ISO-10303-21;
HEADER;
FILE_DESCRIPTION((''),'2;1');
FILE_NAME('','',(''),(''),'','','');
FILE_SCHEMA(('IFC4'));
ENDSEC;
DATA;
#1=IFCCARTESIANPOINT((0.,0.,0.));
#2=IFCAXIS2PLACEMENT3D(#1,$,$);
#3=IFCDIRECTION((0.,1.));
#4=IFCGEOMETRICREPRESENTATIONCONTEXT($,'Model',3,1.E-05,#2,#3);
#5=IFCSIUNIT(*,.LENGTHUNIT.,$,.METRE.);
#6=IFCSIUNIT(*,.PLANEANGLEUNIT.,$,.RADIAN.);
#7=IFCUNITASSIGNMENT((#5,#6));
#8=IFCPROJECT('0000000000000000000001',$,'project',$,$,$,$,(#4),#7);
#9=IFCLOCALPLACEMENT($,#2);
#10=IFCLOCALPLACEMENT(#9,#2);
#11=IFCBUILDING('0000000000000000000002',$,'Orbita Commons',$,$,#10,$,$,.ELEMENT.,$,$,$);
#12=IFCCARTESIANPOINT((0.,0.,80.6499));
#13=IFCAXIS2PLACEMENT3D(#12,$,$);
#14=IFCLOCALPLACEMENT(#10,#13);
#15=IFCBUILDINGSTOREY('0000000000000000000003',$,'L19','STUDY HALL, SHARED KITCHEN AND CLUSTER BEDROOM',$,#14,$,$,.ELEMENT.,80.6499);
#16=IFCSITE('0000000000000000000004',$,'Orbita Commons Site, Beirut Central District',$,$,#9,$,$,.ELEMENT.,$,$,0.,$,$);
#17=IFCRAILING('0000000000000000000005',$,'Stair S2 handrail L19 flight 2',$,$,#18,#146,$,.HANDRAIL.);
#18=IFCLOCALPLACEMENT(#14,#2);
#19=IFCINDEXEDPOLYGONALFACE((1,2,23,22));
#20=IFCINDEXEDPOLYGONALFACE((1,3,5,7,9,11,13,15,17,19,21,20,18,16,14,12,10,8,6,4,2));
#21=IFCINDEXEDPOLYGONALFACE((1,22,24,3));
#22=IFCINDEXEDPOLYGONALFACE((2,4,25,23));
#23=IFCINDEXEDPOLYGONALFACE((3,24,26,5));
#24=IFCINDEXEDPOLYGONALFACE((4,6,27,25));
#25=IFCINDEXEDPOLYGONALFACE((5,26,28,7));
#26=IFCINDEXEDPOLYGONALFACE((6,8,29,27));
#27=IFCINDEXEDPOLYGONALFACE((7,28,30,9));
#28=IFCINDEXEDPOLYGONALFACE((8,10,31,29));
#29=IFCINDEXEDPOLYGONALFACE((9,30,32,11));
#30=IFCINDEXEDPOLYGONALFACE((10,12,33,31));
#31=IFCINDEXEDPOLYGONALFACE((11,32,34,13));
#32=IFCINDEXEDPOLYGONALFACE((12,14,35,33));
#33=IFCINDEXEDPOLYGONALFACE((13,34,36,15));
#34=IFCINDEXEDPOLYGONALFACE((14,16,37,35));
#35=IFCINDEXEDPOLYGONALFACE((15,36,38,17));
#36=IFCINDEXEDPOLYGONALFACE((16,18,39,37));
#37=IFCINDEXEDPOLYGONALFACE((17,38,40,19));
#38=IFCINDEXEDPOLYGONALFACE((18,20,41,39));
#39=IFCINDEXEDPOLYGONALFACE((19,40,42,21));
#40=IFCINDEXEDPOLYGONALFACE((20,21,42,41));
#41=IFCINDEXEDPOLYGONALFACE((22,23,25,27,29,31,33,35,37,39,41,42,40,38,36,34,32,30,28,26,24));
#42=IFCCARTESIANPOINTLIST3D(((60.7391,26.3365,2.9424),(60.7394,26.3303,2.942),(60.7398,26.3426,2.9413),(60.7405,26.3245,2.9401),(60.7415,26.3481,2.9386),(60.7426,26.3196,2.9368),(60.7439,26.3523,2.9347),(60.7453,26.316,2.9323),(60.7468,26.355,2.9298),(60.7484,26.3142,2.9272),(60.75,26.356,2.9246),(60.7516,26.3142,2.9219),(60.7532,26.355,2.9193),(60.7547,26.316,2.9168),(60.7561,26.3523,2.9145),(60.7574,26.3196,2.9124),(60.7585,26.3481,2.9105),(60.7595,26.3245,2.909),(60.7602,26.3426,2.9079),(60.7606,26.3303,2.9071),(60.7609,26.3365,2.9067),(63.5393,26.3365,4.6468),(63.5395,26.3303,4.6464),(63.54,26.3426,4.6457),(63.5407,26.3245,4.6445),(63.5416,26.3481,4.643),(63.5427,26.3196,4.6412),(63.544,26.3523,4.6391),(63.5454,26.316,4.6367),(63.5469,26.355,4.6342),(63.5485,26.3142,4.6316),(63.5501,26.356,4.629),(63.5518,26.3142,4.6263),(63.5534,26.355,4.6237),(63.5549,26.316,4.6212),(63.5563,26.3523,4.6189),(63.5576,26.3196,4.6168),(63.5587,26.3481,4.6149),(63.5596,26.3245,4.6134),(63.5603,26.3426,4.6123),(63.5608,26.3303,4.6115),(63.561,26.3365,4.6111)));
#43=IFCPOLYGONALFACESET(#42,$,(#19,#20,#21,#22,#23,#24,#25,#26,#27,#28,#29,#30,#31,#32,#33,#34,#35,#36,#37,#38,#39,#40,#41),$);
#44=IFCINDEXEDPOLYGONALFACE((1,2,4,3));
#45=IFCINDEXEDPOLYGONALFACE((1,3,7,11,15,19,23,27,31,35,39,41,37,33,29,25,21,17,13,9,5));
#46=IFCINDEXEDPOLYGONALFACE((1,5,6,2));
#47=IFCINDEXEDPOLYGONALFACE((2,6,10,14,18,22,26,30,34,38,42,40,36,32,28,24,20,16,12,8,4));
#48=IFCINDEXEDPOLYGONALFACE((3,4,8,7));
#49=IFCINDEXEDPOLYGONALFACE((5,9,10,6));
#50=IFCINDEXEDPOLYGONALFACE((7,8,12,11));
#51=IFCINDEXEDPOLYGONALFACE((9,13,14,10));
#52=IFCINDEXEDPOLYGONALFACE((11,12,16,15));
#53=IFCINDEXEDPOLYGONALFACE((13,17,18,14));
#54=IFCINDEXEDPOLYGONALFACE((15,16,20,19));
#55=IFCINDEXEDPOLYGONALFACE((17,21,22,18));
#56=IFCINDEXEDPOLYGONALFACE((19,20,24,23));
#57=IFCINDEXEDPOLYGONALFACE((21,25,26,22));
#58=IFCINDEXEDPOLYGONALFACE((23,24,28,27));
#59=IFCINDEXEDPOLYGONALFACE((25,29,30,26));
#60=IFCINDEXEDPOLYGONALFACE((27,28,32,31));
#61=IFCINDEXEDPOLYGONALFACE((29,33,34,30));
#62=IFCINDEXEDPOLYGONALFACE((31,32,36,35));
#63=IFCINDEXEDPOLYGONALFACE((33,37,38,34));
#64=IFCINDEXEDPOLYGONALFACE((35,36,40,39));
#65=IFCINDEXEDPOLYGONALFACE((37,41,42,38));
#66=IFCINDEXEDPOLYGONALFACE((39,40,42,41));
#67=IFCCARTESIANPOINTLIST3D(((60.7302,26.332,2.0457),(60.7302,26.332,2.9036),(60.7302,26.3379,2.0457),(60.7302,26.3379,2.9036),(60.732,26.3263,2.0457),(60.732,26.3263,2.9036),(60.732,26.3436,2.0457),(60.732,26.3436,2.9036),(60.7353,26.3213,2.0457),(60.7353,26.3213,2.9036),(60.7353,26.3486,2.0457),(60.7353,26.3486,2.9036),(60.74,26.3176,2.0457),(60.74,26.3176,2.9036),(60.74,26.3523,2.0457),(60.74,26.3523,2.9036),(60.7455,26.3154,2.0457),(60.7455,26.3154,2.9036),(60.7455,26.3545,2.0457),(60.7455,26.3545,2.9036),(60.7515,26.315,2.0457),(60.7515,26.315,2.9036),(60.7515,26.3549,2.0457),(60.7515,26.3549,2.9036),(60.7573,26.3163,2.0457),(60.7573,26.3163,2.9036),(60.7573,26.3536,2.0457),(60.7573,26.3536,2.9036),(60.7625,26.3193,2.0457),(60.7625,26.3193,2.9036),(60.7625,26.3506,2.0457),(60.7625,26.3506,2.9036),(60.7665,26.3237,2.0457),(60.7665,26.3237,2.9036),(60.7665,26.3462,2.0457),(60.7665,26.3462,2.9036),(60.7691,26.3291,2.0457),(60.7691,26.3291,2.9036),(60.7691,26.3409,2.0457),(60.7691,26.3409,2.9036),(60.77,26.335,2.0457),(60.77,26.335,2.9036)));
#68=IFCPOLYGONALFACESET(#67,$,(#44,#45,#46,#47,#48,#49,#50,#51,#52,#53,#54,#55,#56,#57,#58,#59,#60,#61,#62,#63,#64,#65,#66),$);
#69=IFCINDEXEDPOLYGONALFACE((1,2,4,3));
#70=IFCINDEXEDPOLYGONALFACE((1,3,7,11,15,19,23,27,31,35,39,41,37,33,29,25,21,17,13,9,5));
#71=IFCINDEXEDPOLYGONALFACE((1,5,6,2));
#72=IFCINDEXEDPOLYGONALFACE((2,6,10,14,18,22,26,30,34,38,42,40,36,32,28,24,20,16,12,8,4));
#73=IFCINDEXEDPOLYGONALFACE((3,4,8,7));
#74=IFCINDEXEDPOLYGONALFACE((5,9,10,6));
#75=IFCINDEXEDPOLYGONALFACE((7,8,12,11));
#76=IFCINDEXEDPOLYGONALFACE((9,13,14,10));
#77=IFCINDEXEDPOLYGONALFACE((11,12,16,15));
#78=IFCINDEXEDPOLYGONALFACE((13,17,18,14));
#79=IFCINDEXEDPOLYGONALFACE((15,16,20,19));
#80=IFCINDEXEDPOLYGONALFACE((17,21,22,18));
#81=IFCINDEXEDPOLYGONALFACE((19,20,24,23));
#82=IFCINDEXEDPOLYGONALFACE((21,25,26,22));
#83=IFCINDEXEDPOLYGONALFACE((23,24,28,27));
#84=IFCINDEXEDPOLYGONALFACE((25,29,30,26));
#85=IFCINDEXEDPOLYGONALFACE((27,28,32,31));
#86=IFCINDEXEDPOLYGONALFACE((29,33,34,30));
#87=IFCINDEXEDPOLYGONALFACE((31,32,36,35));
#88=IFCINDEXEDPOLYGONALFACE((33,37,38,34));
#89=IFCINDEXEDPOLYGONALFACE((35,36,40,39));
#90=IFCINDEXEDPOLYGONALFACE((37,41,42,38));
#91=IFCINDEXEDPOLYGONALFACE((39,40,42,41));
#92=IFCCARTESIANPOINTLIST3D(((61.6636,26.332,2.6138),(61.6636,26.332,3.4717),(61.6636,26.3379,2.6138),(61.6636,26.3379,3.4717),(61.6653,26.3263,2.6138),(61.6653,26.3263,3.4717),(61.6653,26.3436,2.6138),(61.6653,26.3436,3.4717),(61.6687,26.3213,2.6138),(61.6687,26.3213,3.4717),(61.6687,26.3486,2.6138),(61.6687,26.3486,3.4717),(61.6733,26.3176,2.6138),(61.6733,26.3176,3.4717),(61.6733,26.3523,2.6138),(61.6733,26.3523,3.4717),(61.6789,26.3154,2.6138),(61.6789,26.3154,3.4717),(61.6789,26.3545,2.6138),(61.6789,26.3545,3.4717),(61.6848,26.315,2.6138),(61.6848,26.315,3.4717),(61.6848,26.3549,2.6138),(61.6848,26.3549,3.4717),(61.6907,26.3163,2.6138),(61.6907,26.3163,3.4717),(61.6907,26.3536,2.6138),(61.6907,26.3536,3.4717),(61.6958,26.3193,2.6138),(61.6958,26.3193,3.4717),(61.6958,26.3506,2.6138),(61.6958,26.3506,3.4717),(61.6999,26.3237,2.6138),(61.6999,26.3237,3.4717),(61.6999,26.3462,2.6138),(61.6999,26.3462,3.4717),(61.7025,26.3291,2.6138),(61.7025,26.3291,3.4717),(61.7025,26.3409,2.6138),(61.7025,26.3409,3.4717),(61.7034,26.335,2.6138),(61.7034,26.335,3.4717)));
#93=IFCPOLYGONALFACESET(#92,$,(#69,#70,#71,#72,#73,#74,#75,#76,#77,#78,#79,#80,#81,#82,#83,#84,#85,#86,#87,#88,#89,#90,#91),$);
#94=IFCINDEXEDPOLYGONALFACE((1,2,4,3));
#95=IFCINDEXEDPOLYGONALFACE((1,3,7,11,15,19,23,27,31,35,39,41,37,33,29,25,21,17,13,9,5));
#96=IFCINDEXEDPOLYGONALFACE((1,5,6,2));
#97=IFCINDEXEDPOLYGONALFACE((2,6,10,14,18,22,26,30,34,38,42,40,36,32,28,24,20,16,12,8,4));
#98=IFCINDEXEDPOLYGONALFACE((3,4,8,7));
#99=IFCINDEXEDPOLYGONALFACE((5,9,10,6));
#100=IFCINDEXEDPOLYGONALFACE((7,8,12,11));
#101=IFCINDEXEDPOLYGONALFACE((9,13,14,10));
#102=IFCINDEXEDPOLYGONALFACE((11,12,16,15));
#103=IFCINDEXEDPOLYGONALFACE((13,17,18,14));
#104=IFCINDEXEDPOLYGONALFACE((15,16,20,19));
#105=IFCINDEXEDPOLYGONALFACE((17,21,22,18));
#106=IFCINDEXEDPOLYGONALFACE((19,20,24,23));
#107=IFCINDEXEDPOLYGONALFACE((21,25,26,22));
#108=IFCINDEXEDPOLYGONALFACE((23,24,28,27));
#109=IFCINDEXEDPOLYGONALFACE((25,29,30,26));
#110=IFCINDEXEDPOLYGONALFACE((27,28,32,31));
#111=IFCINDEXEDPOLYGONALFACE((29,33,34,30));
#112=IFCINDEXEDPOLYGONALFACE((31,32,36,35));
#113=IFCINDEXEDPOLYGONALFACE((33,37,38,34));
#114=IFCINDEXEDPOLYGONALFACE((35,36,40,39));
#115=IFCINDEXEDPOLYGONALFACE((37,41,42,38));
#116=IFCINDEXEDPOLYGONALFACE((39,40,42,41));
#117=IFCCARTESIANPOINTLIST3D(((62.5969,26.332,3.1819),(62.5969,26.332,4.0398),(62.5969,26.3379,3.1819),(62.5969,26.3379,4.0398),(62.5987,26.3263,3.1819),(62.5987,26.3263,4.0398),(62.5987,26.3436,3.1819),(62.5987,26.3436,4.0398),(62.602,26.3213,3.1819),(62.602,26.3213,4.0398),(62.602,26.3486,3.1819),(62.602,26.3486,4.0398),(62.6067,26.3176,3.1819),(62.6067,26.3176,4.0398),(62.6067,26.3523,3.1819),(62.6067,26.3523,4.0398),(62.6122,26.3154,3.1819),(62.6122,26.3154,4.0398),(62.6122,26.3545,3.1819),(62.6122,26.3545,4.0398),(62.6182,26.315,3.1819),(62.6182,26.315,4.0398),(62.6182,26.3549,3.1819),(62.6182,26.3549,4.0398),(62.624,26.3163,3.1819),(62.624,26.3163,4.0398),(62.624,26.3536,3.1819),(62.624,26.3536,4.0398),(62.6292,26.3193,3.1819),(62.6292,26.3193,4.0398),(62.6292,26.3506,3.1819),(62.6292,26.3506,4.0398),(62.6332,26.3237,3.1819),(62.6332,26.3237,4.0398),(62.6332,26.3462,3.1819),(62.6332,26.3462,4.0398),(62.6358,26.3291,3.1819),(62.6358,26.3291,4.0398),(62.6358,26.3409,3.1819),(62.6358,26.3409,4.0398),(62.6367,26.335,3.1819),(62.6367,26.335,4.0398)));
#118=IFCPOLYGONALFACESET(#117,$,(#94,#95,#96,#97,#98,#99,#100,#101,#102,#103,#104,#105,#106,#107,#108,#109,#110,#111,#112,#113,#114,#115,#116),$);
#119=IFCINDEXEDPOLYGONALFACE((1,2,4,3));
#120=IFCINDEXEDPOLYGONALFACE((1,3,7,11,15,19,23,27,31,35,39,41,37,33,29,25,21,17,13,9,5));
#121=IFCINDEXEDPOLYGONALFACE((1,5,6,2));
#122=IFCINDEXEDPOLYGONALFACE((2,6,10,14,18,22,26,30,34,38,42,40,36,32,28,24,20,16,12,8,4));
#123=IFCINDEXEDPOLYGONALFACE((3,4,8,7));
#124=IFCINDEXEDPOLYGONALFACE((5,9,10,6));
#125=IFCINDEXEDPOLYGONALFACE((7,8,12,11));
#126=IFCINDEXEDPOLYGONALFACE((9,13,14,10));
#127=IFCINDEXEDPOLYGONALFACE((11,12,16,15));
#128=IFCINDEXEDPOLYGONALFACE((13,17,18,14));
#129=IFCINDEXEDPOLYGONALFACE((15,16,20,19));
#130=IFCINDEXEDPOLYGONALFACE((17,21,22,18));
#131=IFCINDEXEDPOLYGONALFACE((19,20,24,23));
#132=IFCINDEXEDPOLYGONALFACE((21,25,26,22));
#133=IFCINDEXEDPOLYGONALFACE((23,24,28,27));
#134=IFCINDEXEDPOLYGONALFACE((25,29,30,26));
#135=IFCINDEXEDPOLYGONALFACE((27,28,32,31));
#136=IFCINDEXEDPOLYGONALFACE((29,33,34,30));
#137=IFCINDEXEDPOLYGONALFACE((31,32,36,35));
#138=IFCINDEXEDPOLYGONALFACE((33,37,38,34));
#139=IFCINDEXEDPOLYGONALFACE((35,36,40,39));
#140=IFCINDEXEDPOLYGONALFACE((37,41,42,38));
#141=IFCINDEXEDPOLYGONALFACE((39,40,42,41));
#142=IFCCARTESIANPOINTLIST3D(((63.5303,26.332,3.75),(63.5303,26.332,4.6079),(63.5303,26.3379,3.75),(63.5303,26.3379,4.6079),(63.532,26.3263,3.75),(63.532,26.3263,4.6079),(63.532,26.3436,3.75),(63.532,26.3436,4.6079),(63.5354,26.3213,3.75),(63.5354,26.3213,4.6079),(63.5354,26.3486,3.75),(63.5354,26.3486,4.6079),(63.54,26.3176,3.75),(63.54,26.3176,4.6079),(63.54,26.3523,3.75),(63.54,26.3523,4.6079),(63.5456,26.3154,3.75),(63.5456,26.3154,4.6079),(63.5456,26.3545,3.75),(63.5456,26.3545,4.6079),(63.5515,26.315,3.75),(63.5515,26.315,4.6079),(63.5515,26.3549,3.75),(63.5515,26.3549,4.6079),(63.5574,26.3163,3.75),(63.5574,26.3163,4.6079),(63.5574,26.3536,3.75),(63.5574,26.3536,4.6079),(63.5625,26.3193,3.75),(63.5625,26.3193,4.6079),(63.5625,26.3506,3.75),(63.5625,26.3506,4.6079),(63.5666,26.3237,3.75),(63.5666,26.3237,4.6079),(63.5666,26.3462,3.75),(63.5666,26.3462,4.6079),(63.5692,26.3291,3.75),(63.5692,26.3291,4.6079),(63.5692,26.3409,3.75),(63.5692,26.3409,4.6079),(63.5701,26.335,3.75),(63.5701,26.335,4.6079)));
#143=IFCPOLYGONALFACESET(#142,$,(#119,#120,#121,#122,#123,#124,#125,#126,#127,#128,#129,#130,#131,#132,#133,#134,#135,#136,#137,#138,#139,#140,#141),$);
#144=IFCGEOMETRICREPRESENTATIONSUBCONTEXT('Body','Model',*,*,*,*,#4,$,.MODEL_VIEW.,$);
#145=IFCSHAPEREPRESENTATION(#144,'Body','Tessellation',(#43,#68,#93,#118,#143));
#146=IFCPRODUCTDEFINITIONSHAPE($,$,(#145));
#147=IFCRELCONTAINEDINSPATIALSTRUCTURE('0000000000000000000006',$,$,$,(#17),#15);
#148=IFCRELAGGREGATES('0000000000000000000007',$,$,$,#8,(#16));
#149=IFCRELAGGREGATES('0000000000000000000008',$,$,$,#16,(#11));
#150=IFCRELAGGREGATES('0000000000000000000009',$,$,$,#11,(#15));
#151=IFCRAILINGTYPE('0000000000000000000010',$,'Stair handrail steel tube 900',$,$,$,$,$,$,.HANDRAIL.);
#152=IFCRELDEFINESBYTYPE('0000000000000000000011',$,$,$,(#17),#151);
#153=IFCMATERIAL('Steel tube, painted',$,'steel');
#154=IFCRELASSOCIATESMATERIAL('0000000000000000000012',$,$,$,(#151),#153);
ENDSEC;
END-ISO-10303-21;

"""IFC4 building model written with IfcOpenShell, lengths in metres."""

from ifc_helpers import new_model, si_unit, direction, frame, origin, origin_2d, place, context, subcontext, project, spatial, circle, extrude, material, type_object, element, save


model = new_model("IFC4")

# Units and contexts
model_context = context("Model", 3, precision=1e-05, world=origin(), true_north=direction((0.0, 1.0)))
body_context = subcontext(model_context, "Body", "Model", "MODEL_VIEW")
ifc_project = project(units=[si_unit("LENGTHUNIT", "METRE"), si_unit("PLANEANGLEUNIT", "RADIAN")], contexts=[model_context])

# Site, building, storey
site_placement = place(None, origin())
site = spatial("IfcSite", under=ifc_project, at=site_placement, Name="Orbita Commons Site, Beirut Central District", CompositionType="ELEMENT", RefElevation=0.0)
building_placement = place(site_placement, origin())
building = spatial("IfcBuilding", under=site, at=building_placement, Name="Orbita Commons", CompositionType="ELEMENT")
storey_placement = place(building_placement, frame((0.0, 0.0, 80.6499)))
storey = spatial("IfcBuildingStorey", under=building, at=storey_placement, Name="L19", Description="STUDY HALL, SHARED KITCHEN AND CLUSTER BEDROOM", CompositionType="ELEMENT", Elevation=80.6499)

# Railing
ifc_material_1 = material(Name="Steel tube, painted", Category="steel")
railing_type = type_object("IfcRailingType", Name="Stair handrail steel tube 900", PredefinedType="HANDRAIL", material=ifc_material_1)
for number, where, name in (
    (1, (60.75, 26.335, 2.0457), "Stair S2 handrail L19 flight 2"),
):
    element("IfcRailing", number, at=place(storey_placement, frame(where)), inside=storey, type_object=railing_type, Name=name, PredefinedType="HANDRAIL", context=body_context, shape_type="SweptSolid", body=[
        extrude(circle(Radius=0.021, at=origin_2d()), frame((0.0, 0.0, 0.8789), z_axis=(0.854203, 0.0, 0.51994), x_axis=(0.0, 1.0, 0.0)), (0.0, 0.0, 1.0), 3.2781),
        extrude(circle(Radius=0.02, at=origin_2d()), origin(), (0.0, 0.0, 1.0), 0.8579),
        extrude(circle(Radius=0.02, at=origin_2d()), frame((0.9333, 0.0, 0.5681)), (0.0, 0.0, 1.0), 0.8579),
        extrude(circle(Radius=0.02, at=origin_2d()), frame((1.8667, 0.0, 1.1362)), (0.0, 0.0, 1.0), 0.8579),
        extrude(circle(Radius=0.02, at=origin_2d()), frame((2.8, 0.0, 1.7043)), (0.0, 0.0, 1.0), 0.8579),
    ])

save(model, "model.ifc")
